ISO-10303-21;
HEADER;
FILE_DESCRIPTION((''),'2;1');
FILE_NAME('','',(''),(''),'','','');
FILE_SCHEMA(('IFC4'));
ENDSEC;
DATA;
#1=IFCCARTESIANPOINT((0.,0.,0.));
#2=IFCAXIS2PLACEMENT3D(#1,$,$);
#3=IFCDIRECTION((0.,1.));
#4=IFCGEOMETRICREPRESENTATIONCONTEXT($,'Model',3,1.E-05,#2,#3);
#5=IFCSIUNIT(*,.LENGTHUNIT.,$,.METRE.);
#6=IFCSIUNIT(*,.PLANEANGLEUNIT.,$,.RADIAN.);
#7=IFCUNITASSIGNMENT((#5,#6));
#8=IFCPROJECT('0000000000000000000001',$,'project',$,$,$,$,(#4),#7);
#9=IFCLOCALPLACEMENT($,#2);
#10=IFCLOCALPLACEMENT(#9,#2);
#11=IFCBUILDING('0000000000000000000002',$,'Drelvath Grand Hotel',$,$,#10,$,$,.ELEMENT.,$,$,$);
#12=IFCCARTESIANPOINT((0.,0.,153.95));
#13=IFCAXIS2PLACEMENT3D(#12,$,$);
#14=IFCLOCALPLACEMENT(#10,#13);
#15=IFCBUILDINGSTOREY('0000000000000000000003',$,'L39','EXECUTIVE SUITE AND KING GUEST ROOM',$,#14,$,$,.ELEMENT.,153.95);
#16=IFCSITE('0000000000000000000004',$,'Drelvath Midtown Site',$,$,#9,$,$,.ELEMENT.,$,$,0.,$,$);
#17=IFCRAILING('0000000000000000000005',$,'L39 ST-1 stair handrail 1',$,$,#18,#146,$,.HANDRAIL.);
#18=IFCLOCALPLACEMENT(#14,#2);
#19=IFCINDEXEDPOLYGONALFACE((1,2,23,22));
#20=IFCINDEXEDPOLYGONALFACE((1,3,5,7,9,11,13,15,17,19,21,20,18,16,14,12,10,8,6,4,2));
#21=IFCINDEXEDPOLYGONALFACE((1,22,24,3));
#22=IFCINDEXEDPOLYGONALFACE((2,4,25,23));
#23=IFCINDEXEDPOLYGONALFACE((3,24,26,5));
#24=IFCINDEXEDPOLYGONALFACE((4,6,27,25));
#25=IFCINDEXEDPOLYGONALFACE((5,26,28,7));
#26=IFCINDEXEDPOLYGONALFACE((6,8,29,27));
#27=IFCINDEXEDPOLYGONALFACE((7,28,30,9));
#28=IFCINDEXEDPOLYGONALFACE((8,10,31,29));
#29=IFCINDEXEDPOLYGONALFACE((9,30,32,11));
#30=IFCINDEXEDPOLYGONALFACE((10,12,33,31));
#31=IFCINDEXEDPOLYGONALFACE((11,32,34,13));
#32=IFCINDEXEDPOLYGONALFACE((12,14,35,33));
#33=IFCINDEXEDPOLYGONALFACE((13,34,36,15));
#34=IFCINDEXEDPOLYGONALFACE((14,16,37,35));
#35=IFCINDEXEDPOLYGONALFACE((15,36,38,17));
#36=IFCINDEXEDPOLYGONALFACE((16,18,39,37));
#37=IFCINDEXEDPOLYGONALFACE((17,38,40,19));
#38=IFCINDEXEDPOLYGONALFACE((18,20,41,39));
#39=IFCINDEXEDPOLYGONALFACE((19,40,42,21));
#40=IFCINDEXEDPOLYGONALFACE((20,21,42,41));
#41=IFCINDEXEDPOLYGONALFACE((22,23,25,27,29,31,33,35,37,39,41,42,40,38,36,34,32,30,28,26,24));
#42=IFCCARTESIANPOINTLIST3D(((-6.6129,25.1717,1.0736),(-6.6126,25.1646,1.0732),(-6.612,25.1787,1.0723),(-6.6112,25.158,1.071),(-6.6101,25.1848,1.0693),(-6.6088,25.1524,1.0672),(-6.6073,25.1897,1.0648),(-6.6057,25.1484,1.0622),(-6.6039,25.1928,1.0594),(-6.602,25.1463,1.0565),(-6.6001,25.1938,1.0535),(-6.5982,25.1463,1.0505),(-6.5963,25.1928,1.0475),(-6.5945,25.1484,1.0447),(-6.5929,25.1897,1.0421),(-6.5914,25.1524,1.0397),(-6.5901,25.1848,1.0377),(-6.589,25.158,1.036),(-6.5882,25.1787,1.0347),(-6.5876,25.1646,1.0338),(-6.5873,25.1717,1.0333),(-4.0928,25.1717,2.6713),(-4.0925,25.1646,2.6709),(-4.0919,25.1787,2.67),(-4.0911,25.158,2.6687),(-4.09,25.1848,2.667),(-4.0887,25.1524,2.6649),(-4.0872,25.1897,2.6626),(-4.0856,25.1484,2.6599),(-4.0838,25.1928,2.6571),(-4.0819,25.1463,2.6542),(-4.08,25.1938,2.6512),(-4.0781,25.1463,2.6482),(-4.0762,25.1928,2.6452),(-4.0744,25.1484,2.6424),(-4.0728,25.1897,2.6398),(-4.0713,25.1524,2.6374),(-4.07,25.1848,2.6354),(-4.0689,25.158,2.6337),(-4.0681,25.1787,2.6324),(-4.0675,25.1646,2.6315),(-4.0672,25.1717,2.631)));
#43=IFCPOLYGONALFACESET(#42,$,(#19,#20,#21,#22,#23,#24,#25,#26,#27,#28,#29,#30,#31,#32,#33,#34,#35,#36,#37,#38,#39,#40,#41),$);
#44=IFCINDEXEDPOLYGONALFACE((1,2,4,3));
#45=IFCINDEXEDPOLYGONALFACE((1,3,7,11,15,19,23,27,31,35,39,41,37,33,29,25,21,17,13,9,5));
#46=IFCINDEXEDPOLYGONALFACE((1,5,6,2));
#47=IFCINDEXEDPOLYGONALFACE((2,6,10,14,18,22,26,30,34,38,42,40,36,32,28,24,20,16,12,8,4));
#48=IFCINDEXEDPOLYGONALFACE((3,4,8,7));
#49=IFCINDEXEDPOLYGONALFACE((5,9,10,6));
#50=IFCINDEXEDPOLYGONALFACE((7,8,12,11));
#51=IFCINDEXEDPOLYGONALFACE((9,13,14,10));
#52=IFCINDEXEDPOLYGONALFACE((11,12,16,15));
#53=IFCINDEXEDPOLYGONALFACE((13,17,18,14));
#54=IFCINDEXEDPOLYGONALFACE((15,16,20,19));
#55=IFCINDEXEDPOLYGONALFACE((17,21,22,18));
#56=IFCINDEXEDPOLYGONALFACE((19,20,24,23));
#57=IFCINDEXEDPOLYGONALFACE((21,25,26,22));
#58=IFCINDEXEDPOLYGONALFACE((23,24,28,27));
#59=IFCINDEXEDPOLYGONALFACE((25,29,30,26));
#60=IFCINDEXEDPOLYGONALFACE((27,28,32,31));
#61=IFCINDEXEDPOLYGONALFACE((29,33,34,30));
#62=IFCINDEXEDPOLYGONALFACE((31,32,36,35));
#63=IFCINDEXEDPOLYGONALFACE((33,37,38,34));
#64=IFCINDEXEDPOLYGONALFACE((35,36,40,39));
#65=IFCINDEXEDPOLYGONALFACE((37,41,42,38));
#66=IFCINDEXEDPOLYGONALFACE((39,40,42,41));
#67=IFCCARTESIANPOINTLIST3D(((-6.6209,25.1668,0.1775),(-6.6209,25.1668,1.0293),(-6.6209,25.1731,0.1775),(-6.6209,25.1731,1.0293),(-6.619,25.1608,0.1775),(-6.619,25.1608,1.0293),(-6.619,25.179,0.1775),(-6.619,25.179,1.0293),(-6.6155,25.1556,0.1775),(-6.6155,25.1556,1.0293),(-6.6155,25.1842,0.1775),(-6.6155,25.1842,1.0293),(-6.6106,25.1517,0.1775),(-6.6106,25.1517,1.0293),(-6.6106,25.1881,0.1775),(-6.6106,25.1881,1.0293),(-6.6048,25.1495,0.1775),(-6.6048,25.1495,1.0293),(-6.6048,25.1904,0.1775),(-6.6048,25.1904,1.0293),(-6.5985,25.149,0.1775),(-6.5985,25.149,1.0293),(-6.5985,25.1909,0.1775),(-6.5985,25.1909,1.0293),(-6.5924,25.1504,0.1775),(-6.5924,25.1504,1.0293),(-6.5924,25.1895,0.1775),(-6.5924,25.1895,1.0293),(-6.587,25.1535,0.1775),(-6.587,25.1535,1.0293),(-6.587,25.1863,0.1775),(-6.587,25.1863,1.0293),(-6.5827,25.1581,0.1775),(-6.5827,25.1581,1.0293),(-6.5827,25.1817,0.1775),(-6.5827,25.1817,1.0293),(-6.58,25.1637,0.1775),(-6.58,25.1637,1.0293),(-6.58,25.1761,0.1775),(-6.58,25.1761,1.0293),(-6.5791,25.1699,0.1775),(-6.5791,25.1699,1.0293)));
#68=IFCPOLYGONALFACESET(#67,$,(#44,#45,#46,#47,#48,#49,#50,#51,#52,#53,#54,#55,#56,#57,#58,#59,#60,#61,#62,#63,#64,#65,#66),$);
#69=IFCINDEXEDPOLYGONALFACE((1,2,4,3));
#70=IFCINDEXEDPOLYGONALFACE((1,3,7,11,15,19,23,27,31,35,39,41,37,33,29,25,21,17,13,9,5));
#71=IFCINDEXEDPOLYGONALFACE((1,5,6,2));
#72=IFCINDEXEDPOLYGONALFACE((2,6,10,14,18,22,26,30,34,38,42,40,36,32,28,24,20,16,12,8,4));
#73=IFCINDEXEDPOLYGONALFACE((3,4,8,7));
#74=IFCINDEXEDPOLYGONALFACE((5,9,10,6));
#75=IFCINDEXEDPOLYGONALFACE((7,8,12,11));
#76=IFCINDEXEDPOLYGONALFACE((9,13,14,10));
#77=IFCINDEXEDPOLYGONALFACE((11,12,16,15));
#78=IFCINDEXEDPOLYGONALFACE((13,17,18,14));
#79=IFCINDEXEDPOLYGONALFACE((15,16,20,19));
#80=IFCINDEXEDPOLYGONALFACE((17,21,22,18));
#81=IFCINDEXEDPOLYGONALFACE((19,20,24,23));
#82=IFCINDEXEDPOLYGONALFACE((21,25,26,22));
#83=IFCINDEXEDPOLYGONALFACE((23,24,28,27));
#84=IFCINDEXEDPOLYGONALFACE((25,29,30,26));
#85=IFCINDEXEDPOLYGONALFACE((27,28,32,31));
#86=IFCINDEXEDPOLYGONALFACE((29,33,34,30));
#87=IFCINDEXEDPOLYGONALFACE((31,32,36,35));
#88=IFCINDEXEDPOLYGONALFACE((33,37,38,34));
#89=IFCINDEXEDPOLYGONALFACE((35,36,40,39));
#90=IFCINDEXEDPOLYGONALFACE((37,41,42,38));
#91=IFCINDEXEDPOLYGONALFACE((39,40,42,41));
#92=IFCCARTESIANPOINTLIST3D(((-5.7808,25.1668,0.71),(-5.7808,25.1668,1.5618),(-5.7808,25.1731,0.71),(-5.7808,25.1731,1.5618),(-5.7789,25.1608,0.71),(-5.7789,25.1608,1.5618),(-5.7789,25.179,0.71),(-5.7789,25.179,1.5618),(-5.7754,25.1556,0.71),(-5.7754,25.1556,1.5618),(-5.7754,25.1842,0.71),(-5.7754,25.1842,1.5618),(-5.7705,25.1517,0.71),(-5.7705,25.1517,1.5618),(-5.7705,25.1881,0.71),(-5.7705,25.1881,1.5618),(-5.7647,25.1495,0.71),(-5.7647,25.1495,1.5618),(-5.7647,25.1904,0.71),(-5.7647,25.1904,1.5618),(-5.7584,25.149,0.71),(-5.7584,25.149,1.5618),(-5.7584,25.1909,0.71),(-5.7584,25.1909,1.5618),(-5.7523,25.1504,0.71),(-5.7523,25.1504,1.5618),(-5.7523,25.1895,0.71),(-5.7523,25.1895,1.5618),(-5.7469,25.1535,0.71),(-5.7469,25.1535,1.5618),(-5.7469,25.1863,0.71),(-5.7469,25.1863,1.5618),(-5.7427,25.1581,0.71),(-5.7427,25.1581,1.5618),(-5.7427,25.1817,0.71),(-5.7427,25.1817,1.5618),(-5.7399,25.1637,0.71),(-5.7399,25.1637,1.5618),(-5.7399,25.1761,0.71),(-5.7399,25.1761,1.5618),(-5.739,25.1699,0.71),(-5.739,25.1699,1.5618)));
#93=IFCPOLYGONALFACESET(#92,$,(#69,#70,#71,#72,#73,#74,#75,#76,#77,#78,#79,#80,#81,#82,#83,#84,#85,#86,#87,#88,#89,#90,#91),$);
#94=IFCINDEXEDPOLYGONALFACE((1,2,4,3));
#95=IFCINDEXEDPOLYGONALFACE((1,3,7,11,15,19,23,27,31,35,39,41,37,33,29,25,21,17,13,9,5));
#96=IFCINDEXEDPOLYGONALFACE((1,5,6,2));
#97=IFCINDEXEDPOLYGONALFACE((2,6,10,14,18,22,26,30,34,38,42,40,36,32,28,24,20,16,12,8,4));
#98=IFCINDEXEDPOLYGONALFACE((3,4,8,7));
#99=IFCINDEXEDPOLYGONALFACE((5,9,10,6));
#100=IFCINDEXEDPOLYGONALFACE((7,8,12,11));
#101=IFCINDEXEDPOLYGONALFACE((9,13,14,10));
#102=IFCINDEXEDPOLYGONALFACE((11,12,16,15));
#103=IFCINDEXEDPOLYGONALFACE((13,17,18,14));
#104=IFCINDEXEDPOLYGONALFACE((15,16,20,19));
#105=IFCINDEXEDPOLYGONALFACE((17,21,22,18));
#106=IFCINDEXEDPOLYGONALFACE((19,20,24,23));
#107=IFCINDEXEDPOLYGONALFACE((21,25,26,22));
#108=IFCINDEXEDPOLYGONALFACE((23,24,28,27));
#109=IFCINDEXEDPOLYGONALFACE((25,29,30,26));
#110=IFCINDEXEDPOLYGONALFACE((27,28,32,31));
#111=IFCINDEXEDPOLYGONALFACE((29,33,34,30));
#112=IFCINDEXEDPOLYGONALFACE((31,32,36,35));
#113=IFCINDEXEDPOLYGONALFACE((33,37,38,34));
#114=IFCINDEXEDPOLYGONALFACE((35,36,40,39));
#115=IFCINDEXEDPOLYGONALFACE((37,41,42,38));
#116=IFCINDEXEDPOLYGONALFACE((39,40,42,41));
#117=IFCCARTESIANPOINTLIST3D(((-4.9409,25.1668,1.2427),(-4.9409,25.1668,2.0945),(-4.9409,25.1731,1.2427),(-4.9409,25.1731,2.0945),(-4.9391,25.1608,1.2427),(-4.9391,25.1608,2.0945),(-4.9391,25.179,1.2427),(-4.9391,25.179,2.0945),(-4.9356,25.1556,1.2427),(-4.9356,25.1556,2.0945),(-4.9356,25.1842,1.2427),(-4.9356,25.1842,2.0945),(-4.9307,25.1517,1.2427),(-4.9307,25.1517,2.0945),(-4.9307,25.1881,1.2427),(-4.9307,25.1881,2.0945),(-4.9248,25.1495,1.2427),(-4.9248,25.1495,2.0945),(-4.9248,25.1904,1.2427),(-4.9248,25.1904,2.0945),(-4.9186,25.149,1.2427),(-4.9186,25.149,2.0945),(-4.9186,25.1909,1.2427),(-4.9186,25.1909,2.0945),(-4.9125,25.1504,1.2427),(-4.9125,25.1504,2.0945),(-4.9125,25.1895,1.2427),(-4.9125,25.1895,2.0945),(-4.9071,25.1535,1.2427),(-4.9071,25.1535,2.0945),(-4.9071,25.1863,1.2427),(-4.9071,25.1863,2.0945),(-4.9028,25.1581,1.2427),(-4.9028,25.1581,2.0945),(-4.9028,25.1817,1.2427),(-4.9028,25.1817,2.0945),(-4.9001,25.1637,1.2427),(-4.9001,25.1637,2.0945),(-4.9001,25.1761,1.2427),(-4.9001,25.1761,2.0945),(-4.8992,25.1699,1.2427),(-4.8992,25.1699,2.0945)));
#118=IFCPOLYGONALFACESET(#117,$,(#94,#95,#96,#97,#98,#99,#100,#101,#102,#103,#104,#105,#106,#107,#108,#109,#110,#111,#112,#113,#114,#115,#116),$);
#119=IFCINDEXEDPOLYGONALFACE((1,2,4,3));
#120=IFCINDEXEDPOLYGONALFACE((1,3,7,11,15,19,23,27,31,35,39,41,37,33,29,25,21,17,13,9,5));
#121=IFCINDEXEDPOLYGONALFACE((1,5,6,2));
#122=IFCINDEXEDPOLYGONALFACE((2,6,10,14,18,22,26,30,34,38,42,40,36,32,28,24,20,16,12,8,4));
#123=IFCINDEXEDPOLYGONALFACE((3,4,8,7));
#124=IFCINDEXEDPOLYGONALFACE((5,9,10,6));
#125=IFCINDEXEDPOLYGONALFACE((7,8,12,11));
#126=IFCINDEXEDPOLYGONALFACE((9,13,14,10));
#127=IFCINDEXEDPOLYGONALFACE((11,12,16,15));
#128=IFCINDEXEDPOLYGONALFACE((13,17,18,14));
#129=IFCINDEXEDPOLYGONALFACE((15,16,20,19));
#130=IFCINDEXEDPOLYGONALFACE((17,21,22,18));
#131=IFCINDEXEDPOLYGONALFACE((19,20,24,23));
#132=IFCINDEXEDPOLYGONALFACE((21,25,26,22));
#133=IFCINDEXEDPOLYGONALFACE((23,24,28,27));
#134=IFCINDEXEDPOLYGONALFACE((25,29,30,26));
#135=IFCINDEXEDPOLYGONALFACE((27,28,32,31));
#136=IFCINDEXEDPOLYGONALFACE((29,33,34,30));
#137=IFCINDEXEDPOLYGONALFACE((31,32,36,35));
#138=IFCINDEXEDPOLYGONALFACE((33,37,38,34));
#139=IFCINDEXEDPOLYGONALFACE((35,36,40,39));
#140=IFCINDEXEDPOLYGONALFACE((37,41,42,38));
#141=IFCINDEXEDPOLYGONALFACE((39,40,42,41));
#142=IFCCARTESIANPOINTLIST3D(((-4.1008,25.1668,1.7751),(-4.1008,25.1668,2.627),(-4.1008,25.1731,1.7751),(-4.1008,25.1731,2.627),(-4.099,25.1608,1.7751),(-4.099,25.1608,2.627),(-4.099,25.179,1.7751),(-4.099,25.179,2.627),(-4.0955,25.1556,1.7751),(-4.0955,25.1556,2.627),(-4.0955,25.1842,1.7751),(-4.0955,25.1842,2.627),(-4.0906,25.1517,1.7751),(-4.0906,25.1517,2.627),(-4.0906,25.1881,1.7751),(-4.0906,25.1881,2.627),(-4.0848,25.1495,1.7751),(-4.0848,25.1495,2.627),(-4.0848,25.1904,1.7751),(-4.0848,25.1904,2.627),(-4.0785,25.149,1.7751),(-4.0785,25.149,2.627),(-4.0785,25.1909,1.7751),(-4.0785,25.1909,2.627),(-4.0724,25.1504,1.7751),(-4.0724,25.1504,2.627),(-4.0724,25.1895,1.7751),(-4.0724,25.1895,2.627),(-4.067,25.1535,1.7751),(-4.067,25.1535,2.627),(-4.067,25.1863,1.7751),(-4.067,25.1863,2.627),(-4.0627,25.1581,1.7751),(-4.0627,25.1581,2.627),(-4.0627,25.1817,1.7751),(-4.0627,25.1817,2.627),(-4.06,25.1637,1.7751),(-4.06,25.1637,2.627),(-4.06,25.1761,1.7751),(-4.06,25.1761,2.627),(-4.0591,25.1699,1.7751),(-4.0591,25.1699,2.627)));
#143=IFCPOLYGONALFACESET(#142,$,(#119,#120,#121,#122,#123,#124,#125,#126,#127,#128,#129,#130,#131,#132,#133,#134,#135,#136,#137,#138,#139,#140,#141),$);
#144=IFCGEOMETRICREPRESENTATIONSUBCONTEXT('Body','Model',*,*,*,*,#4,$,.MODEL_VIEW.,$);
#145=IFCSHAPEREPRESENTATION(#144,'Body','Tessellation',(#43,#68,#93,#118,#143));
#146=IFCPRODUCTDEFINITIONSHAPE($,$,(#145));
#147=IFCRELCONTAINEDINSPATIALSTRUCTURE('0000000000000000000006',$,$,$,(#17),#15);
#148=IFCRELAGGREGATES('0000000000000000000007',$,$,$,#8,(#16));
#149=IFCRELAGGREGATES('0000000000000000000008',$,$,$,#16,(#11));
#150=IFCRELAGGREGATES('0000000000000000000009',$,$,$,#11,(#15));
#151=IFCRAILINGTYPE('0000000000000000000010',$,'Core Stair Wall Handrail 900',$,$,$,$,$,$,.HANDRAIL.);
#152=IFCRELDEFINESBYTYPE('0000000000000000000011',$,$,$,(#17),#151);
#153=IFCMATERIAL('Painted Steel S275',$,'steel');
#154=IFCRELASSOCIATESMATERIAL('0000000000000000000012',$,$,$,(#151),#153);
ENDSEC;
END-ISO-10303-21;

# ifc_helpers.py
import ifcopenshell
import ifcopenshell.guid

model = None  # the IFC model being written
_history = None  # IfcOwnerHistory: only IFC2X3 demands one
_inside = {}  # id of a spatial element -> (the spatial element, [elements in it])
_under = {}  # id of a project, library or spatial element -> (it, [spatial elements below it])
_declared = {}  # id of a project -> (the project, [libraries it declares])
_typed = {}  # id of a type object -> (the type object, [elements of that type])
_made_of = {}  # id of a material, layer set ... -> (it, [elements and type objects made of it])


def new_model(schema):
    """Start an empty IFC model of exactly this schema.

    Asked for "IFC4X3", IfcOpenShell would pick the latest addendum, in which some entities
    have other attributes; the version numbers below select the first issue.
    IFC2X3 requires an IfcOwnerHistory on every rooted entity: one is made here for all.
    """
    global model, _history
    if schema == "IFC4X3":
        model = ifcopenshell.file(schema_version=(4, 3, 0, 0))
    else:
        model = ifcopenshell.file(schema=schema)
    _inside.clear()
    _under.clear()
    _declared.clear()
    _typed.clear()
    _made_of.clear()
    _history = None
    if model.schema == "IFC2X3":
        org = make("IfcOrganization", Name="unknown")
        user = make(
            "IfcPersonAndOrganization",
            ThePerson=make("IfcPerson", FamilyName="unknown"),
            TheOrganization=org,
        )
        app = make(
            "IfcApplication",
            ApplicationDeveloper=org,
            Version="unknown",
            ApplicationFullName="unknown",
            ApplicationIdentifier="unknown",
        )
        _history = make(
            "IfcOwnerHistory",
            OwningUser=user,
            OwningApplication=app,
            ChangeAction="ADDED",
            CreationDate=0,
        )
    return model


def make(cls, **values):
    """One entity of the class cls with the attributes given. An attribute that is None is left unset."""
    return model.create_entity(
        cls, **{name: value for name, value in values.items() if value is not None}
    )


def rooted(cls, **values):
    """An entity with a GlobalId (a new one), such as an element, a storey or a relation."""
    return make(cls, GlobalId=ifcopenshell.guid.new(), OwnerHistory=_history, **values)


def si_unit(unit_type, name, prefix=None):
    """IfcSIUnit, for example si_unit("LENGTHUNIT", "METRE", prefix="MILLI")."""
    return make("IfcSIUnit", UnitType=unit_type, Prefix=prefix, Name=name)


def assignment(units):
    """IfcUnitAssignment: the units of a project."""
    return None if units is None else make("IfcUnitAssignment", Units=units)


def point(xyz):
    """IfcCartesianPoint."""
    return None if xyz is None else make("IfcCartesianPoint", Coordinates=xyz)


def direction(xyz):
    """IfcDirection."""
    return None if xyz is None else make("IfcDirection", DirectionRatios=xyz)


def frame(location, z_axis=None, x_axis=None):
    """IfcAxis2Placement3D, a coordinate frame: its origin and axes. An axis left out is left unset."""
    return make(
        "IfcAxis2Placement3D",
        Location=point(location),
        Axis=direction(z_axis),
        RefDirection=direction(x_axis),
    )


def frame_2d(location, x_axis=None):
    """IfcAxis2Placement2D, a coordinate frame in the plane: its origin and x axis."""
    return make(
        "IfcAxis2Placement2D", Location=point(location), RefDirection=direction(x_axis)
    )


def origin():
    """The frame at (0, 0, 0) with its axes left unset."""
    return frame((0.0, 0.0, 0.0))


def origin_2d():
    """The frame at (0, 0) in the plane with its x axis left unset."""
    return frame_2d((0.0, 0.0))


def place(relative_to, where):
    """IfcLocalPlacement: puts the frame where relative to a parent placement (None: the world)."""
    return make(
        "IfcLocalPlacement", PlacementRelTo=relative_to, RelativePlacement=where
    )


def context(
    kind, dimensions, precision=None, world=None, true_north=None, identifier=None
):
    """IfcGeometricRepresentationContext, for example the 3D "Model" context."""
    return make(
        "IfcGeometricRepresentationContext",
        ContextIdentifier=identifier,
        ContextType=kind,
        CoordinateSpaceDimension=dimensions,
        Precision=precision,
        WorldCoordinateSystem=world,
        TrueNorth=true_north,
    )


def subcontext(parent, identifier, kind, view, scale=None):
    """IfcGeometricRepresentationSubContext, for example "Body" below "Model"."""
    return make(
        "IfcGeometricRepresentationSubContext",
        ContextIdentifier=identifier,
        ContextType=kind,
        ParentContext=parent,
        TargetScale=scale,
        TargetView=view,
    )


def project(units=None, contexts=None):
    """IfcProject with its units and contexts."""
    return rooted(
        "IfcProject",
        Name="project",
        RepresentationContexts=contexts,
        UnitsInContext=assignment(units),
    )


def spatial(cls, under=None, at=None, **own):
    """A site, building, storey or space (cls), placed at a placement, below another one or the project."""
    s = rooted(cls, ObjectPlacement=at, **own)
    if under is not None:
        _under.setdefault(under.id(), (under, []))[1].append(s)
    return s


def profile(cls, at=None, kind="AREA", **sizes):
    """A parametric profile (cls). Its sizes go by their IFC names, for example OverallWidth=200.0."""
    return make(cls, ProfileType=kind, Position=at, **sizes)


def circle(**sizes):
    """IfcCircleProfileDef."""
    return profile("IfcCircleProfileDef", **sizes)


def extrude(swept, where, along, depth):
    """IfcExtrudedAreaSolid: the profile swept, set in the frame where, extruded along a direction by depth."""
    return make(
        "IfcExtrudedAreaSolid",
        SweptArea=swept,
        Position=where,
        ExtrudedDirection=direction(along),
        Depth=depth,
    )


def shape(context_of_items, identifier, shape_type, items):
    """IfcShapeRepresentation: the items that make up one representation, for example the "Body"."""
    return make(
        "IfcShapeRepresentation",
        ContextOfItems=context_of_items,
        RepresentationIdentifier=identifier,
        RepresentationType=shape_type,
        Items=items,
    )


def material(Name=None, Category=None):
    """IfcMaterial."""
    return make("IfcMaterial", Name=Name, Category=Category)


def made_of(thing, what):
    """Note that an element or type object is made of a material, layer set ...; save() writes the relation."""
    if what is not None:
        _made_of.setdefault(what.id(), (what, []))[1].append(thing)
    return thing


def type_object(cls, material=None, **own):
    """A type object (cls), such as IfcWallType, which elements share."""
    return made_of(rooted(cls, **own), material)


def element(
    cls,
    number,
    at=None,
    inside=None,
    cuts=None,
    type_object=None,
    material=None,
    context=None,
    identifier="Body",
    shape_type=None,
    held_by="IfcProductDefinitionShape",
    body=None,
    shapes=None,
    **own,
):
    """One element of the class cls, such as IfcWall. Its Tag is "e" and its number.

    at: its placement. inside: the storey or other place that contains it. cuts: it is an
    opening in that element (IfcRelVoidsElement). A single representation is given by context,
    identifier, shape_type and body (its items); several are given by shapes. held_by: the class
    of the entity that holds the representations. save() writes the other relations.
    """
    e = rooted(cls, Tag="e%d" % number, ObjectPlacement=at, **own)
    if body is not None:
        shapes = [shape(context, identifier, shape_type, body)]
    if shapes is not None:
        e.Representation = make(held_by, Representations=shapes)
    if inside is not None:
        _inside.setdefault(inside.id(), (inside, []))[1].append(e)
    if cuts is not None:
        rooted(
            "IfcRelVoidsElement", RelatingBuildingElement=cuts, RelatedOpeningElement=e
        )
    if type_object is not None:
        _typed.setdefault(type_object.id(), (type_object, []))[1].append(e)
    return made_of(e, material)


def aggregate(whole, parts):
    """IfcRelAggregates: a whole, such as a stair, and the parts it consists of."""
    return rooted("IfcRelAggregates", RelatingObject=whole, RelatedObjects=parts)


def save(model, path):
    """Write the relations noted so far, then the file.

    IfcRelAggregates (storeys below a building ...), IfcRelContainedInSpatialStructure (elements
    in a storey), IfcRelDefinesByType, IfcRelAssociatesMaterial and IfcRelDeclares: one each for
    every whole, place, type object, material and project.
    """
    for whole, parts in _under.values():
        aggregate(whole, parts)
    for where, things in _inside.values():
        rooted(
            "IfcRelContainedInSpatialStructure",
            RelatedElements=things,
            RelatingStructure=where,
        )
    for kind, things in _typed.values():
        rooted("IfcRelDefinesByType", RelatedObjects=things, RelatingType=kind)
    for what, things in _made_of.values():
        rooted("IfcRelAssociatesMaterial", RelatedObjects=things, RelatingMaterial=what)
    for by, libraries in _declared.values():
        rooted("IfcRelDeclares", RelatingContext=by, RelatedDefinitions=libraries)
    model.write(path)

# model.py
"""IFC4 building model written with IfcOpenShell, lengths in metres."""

from ifc_helpers import new_model, si_unit, direction, frame, origin, origin_2d, place, context, subcontext, project, spatial, circle, extrude, material, type_object, element, save


model = new_model("IFC4")

# Units and contexts
model_context = context("Model", 3, precision=1e-05, world=origin(), true_north=direction((0.0, 1.0)))
body_context = subcontext(model_context, "Body", "Model", "MODEL_VIEW")
ifc_project = project(units=[si_unit("LENGTHUNIT", "METRE"), si_unit("PLANEANGLEUNIT", "RADIAN")], contexts=[model_context])

# Site, building, storey
site_placement = place(None, origin())
site = spatial("IfcSite", under=ifc_project, at=site_placement, Name="Drelvath Midtown Site", CompositionType="ELEMENT", RefElevation=0.0)
building_placement = place(site_placement, origin())
building = spatial("IfcBuilding", under=site, at=building_placement, Name="Drelvath Grand Hotel", CompositionType="ELEMENT")
storey_placement = place(building_placement, frame((0.0, 0.0, 153.95)))
storey = spatial("IfcBuildingStorey", under=building, at=storey_placement, Name="L39", Description="EXECUTIVE SUITE AND KING GUEST ROOM", CompositionType="ELEMENT", Elevation=153.95)

# Shared definitions
ifc_material_1 = material(Name="Painted Steel S275", Category="steel")

# Railing
railing_type_1 = type_object("IfcRailingType", Name="Core Stair Wall Handrail 900", PredefinedType="HANDRAIL", material=ifc_material_1)
railing_1_placement = place(storey_placement, frame((-6.6001, 25.1699, 0.1775)))
element("IfcRailing", 1, at=railing_1_placement, inside=storey, type_object=railing_type_1, Name="L39 ST-1 stair handrail 1", PredefinedType="HANDRAIL", context=body_context, shape_type="SweptSolid", body=[
    extrude(circle(Radius=0.0239, at=origin_2d()), frame((0.0, 0.0, 0.876), z_axis=(0.84457, 0.0, 0.535445), x_axis=(0.0, 1.0, 0.0)), (0.0, 0.0, 1.0), 2.9839),
    extrude(circle(Radius=0.021, at=origin_2d()), origin(), (0.0, 0.0, 1.0), 0.8518),
    extrude(circle(Radius=0.021, at=origin_2d()), frame((0.8401, 0.0, 0.5325)), (0.0, 0.0, 1.0), 0.8518),
    extrude(circle(Radius=0.021, at=origin_2d()), frame((1.6799, 0.0, 1.0652)), (0.0, 0.0, 1.0), 0.8518),
    extrude(circle(Radius=0.021, at=origin_2d()), frame((2.52, 0.0, 1.5977)), (0.0, 0.0, 1.0), 0.8518),
])

save(model, "model.ifc")
